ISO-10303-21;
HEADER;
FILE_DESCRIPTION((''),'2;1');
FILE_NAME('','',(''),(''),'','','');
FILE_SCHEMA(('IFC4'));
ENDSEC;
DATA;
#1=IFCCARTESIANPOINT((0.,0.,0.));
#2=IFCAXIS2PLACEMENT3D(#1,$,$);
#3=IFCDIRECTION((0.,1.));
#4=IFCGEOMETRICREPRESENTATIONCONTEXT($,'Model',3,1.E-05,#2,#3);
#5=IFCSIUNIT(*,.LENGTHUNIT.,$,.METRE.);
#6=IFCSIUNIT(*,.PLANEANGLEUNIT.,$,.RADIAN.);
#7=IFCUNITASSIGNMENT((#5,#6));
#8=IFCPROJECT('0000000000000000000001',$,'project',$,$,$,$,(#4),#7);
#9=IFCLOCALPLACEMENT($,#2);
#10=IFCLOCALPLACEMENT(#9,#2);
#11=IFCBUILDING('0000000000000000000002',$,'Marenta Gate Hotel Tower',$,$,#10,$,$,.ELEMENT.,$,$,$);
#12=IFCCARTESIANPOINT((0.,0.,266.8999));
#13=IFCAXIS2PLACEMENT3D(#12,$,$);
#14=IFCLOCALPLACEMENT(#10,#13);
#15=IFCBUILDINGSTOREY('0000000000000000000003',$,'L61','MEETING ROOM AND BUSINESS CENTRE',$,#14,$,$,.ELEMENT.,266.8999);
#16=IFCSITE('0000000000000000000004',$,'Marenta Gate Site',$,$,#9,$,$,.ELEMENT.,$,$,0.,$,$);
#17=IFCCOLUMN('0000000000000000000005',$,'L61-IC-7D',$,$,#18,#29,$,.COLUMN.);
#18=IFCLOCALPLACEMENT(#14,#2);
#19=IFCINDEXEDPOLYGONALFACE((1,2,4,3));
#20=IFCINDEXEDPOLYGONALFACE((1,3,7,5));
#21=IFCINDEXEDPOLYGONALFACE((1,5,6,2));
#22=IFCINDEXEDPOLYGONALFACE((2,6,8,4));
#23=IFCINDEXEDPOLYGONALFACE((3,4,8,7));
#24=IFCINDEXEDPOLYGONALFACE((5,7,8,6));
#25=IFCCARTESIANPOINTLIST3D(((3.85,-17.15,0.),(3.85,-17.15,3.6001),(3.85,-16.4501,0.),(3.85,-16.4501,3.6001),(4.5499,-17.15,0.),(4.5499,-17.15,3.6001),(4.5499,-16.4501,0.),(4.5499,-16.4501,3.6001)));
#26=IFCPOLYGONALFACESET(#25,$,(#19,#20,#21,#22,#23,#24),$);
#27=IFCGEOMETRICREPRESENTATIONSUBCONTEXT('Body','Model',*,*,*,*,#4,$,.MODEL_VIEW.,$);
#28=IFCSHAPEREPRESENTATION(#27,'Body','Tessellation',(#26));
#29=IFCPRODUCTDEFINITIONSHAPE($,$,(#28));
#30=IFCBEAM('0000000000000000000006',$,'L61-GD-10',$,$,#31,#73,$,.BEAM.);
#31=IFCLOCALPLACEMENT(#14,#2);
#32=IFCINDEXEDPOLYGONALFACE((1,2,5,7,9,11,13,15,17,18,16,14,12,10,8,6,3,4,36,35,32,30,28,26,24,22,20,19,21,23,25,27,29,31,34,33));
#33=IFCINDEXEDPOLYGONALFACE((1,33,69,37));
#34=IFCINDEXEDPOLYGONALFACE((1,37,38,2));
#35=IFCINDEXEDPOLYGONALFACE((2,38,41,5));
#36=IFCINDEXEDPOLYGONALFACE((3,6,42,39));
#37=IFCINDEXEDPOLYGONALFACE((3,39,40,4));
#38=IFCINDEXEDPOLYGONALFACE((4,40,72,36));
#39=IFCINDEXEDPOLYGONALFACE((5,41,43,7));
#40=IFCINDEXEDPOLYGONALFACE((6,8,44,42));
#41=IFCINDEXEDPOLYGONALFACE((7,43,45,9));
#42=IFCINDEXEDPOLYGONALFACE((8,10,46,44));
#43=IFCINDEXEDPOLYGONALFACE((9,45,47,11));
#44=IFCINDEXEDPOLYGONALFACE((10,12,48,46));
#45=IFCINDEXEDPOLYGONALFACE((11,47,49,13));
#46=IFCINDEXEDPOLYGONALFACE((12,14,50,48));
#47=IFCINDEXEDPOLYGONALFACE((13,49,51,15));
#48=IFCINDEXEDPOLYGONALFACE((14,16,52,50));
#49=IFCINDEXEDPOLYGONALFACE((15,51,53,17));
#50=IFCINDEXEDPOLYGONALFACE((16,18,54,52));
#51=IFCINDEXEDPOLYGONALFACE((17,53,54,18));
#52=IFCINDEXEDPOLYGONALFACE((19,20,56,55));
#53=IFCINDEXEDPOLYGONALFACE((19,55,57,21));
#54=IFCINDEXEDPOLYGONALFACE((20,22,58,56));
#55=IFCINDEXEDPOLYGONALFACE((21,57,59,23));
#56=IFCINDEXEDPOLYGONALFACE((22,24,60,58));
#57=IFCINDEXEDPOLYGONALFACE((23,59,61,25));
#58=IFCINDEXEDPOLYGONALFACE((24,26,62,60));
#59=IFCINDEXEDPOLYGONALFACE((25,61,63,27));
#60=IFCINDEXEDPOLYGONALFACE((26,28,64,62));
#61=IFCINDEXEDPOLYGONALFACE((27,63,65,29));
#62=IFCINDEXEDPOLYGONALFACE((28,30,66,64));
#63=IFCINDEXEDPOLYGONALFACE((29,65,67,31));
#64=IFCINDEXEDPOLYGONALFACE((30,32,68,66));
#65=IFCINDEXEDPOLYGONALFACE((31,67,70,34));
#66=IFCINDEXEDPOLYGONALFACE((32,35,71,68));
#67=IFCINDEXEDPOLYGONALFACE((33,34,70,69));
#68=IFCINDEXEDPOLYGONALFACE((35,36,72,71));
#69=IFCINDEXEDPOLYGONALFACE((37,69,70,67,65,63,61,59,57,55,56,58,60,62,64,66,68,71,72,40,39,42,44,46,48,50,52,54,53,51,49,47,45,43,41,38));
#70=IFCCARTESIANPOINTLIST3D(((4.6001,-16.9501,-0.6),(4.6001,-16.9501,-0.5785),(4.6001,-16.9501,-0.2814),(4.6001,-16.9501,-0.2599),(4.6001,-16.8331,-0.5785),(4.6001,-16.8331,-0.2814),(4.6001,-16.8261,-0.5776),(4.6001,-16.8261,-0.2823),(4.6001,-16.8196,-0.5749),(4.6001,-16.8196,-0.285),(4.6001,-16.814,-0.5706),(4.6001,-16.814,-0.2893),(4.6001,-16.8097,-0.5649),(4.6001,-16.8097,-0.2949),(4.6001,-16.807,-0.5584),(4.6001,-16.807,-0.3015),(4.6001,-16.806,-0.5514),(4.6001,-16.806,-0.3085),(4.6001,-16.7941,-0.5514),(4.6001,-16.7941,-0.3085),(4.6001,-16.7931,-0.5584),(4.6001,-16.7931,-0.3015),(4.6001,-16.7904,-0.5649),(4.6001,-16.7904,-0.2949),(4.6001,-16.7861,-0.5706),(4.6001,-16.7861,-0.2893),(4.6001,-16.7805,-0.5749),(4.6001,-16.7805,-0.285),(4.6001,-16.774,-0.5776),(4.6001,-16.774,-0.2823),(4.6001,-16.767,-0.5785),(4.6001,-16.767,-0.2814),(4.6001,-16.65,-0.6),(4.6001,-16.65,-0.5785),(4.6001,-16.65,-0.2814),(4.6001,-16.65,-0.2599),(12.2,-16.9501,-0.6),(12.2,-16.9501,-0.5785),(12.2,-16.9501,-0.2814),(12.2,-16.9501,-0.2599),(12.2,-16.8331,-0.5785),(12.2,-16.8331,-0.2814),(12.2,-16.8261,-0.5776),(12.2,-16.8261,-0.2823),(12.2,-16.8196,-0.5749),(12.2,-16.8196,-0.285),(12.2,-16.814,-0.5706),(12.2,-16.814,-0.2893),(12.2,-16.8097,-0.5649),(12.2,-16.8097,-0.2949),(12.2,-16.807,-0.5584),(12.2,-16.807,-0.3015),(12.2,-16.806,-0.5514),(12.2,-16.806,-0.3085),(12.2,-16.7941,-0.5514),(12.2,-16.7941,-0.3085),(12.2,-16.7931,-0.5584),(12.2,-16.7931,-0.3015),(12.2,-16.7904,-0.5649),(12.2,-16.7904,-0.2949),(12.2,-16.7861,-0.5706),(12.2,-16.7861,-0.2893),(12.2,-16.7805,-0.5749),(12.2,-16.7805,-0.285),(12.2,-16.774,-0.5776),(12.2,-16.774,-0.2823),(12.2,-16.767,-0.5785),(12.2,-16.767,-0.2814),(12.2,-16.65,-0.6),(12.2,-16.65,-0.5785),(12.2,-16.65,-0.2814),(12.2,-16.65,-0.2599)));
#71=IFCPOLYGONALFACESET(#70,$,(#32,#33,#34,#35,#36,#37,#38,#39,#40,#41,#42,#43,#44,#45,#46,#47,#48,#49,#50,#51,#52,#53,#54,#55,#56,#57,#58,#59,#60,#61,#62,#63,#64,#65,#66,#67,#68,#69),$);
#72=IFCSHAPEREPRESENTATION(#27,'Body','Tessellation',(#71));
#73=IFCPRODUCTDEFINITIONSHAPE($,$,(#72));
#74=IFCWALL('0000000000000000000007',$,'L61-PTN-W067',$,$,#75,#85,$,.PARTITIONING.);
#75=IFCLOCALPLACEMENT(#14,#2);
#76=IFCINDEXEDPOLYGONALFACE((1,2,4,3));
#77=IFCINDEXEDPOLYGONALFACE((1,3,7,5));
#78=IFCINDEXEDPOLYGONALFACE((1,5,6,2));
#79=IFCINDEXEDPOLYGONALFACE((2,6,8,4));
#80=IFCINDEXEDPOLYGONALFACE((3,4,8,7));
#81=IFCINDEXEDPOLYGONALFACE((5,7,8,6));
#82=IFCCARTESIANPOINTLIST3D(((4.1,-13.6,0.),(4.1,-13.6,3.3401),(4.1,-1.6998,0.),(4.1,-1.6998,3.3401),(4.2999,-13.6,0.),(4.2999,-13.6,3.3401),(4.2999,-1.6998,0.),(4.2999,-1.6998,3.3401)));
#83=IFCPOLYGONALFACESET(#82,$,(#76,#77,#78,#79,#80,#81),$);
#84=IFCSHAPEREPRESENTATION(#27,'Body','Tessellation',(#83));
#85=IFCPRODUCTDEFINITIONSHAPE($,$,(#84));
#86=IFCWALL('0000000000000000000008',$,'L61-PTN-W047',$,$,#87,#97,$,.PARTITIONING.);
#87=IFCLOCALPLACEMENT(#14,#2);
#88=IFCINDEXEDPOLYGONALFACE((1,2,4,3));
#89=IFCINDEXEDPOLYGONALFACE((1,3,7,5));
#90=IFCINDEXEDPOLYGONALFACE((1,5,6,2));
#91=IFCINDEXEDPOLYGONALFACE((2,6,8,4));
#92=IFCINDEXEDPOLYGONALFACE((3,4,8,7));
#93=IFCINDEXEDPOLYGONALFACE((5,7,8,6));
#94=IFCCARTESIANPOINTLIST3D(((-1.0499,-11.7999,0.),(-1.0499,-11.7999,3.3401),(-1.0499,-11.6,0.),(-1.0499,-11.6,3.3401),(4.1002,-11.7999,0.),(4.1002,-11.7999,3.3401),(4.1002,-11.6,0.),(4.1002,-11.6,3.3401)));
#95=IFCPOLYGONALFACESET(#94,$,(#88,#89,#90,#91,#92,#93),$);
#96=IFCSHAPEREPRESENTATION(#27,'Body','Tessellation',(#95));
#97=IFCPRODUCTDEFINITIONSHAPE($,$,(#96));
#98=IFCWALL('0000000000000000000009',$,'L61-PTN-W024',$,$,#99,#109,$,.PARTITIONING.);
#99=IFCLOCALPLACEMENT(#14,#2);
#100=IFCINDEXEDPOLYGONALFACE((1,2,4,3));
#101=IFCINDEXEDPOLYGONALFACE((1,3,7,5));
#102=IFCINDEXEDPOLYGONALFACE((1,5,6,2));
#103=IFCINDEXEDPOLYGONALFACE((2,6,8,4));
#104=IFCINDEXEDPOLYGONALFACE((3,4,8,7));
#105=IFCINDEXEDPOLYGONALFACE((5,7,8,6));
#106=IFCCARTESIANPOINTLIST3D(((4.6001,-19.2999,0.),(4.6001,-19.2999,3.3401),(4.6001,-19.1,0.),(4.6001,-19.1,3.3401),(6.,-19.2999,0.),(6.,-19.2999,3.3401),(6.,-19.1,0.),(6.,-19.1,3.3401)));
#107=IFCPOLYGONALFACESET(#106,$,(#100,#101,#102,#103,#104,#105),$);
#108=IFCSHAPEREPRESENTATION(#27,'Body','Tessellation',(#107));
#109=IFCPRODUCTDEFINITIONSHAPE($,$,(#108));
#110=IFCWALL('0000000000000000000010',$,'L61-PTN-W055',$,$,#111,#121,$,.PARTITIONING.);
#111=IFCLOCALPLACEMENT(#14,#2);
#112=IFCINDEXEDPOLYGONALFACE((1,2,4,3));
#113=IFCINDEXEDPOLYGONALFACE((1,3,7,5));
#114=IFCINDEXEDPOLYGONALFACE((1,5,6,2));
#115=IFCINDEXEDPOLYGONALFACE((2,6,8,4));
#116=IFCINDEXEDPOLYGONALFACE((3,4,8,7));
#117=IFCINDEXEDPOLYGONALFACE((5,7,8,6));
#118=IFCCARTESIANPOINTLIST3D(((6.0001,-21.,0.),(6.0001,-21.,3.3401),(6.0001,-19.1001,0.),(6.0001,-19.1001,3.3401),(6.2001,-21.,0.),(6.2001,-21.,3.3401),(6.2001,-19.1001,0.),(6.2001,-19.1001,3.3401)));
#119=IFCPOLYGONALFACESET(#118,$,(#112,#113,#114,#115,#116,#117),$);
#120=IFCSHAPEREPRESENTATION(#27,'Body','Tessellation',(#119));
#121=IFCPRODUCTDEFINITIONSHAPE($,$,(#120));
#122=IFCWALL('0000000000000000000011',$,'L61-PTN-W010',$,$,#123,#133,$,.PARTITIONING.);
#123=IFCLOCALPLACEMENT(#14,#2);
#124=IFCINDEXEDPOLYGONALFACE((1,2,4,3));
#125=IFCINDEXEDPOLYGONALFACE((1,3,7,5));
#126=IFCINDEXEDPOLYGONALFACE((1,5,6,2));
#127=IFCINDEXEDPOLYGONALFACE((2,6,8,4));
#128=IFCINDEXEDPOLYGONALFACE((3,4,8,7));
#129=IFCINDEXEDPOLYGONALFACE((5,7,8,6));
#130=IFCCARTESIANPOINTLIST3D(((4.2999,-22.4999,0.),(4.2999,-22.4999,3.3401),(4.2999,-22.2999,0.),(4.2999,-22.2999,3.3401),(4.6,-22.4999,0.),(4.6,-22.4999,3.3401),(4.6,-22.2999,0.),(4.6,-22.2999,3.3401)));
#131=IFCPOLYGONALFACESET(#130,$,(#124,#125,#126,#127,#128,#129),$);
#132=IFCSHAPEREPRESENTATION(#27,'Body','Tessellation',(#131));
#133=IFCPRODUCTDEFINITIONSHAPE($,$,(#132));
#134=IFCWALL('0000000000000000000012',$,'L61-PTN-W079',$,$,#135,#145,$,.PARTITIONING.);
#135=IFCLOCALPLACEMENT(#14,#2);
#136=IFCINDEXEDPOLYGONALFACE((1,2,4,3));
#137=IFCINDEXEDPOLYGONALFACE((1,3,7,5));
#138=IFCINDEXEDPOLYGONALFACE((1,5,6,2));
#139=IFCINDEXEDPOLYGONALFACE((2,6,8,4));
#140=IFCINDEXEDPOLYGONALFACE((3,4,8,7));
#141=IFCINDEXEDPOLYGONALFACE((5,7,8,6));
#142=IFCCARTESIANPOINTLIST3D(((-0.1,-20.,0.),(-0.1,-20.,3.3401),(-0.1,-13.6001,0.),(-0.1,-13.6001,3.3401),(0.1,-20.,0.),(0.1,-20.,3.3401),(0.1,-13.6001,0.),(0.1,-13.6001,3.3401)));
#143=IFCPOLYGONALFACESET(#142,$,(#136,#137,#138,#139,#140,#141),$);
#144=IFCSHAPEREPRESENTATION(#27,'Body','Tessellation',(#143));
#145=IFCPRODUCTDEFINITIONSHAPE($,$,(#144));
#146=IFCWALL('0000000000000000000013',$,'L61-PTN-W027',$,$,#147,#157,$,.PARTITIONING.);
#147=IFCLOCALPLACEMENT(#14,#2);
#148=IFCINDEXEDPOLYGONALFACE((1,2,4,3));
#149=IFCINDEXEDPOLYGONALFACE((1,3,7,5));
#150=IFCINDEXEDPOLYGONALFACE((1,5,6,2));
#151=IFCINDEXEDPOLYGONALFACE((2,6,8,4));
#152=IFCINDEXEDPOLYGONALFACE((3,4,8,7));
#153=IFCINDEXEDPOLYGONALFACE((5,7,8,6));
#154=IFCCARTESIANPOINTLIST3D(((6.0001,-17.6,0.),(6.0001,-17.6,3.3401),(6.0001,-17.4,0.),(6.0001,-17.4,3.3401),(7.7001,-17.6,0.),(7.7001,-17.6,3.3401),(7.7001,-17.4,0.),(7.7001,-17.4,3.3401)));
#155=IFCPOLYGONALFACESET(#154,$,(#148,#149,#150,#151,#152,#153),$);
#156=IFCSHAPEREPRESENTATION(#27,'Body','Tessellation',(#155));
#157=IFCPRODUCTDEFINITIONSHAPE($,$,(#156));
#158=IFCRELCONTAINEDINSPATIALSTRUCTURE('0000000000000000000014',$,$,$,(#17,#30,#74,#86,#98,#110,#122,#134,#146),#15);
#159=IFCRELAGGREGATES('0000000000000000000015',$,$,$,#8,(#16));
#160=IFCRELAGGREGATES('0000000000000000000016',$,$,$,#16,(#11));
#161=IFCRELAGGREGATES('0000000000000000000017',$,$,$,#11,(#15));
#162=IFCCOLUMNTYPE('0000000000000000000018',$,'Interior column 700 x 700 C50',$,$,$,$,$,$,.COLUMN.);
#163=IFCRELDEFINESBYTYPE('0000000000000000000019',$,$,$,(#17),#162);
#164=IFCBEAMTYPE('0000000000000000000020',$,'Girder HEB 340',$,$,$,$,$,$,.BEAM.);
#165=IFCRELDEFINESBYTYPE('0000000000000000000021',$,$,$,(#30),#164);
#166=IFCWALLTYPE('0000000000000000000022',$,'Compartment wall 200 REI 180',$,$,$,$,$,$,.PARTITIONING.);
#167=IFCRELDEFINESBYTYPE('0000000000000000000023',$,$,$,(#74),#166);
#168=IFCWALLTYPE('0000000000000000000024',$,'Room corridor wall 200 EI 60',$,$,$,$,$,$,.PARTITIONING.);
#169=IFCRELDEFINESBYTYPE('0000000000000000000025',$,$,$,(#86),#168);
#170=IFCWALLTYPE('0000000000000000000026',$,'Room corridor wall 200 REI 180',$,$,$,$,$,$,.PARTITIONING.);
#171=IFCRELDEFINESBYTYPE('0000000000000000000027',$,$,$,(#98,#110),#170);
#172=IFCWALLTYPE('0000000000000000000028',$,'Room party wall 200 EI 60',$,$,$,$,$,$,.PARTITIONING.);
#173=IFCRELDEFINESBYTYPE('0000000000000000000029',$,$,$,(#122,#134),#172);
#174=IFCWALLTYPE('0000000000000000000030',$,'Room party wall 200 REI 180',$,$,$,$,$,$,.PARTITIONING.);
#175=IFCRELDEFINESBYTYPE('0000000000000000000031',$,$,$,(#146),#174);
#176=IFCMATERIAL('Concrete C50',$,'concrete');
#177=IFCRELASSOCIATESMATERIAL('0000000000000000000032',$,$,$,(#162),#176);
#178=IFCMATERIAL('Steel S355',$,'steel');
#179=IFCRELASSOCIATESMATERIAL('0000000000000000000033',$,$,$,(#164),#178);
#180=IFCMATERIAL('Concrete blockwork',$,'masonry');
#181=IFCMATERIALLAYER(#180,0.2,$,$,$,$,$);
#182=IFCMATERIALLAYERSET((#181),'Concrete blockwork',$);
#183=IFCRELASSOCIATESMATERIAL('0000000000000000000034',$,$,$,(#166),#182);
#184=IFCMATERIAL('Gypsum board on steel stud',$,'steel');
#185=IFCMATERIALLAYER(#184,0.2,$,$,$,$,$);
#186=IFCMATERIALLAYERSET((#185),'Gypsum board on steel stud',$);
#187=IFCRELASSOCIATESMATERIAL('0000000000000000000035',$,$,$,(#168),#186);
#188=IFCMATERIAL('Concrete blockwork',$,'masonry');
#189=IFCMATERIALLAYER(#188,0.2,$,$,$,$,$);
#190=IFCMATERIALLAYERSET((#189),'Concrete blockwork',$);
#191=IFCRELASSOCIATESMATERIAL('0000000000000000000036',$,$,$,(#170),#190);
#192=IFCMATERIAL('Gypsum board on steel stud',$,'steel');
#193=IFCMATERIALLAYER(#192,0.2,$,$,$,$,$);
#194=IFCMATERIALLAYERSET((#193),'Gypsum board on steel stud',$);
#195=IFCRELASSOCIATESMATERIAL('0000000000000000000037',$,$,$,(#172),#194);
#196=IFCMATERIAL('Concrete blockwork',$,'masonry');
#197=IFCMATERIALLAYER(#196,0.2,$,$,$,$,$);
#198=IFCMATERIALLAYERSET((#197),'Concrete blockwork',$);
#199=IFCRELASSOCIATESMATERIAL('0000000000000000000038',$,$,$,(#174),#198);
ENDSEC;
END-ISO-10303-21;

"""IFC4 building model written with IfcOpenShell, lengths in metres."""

from ifc_helpers import new_model, si_unit, direction, frame, frame_2d, origin, origin_2d, place, context, subcontext, project, spatial, rectangle, i_section, extrude, material, layer, layer_set, material_profile, profile_set, type_object, element, save


model = new_model("IFC4")

# Units and contexts
model_context = context("Model", 3, precision=1e-05, world=origin(), true_north=direction((0.0, 1.0)))
body_context = subcontext(model_context, "Body", "Model", "MODEL_VIEW")
ifc_project = project(units=[si_unit("LENGTHUNIT", "METRE"), si_unit("PLANEANGLEUNIT", "RADIAN")], contexts=[model_context])

# Site, building, storey
site_placement = place(None, origin())
site = spatial("IfcSite", under=ifc_project, at=site_placement, Name="Marenta Gate Site", CompositionType="ELEMENT", RefElevation=0.0)
building_placement = place(site_placement, origin())
building = spatial("IfcBuilding", under=site, at=building_placement, Name="Marenta Gate Hotel Tower", CompositionType="ELEMENT")
storey_placement = place(building_placement, frame((0.0, 0.0, 266.8999)))
storey = spatial("IfcBuildingStorey", under=building, at=storey_placement, Name="L61", Description="MEETING ROOM AND BUSINESS CENTRE", CompositionType="ELEMENT", Elevation=266.8999)

# Column
ifc_material_1 = material(Name="Concrete C50", Category="concrete")
ifc_material_profile_1 = material_profile(ifc_material_1, rectangle(XDim=0.7, YDim=0.7, at=origin_2d()), Name="700 x 700")
ifc_profile_set_1 = profile_set([ifc_material_profile_1], Name="Concrete C50")
column_type = type_object("IfcColumnType", Name="Interior column 700 x 700 C50", PredefinedType="COLUMN", material=ifc_profile_set_1)
column_placement = place(storey_placement, frame((4.2, -16.8, 0.0), z_axis=(0.0, 0.0, 1.0), x_axis=(1.0, 0.0, 0.0)))
element("IfcColumn", 1, at=column_placement, inside=storey, type_object=column_type, Name="L61-IC-7D", PredefinedType="COLUMN", context=body_context, shape_type="SweptSolid", body=[
    extrude(rectangle(XDim=0.7, YDim=0.7, at=origin_2d()), origin(), (0.0, 0.0, 1.0), 3.6001),
])

# Beam
ifc_material_2 = material(Name="Steel S355", Category="steel")
ifc_material_profile_2 = material_profile(ifc_material_2, i_section(OverallWidth=0.3, OverallDepth=0.3401, WebThickness=0.012, FlangeThickness=0.0215, FilletRadius=0.0271, at=origin_2d()), Name="HEB 340")
ifc_profile_set_2 = profile_set([ifc_material_profile_2], Name="Steel S355")
beam_type = type_object("IfcBeamType", Name="Girder HEB 340", PredefinedType="BEAM", material=ifc_profile_set_2)
beam_placement = place(storey_placement, frame((4.6001, -16.8, -0.4299), z_axis=(1.0, 0.0, 0.0), x_axis=(0.0, 1.0, 0.0)))
element("IfcBeam", 2, at=beam_placement, inside=storey, type_object=beam_type, Name="L61-GD-10", PredefinedType="BEAM", context=body_context, shape_type="SweptSolid", body=[
    extrude(i_section(OverallWidth=0.3, OverallDepth=0.3401, WebThickness=0.012, FlangeThickness=0.0215, FilletRadius=0.0271, at=origin_2d()), origin(), (0.0, 0.0, 1.0), 7.5999),
])

# Shared definitions
ifc_material_3 = material(Name="Concrete blockwork", Category="masonry")
ifc_layer_1 = layer(ifc_material_3, 0.2)
ifc_layer_set_1 = layer_set([ifc_layer_1], Name="Concrete blockwork")
wall_type_1 = type_object("IfcWallType", Name="Compartment wall 200 REI 180", PredefinedType="PARTITIONING", material=ifc_layer_set_1)

# Wall
wall_1_placement = place(storey_placement, frame((4.2, -13.6001, 0.0), z_axis=(0.0, 0.0, 1.0), x_axis=(0.0, 1.0, 0.0)))
element("IfcWall", 3, at=wall_1_placement, inside=storey, type_object=wall_type_1, Name="L61-PTN-W067", PredefinedType="PARTITIONING", context=body_context, shape_type="SweptSolid", body=[
    extrude(rectangle(XDim=11.9001, YDim=0.2, at=frame_2d((5.9502, 0.0))), origin(), (0.0, 0.0, 1.0), 3.3401),
])

# Shared definitions
ifc_material_4 = material(Name="Gypsum board on steel stud", Category="steel")
ifc_layer_2 = layer(ifc_material_4, 0.2)
ifc_layer_set_2 = layer_set([ifc_layer_2], Name="Gypsum board on steel stud")
wall_type_2 = type_object("IfcWallType", Name="Room corridor wall 200 EI 60", PredefinedType="PARTITIONING", material=ifc_layer_set_2)

# Walls
wall_2_placement = place(storey_placement, frame((-1.05, -11.7, 0.0), z_axis=(0.0, 0.0, 1.0), x_axis=(1.0, 0.0, 0.0)))
element("IfcWall", 4, at=wall_2_placement, inside=storey, type_object=wall_type_2, Name="L61-PTN-W047", PredefinedType="PARTITIONING", context=body_context, shape_type="SweptSolid", body=[
    extrude(rectangle(XDim=5.1501, YDim=0.2, at=frame_2d((2.5752, 0.0))), origin(), (0.0, 0.0, 1.0), 3.3401),
])
ifc_material_5 = material(Name="Concrete blockwork", Category="masonry")
ifc_layer_3 = layer(ifc_material_5, 0.2)
ifc_layer_set_3 = layer_set([ifc_layer_3], Name="Concrete blockwork")
wall_type_3 = type_object("IfcWallType", Name="Room corridor wall 200 REI 180", PredefinedType="PARTITIONING", material=ifc_layer_set_3)
wall_3_placement = place(storey_placement, frame((4.6001, -19.2, 0.0), z_axis=(0.0, 0.0, 1.0), x_axis=(1.0, 0.0, 0.0)))
element("IfcWall", 5, at=wall_3_placement, inside=storey, type_object=wall_type_3, Name="L61-PTN-W024", PredefinedType="PARTITIONING", context=body_context, shape_type="SweptSolid", body=[
    extrude(rectangle(XDim=1.3999, YDim=0.2, at=frame_2d((0.7, 0.0))), origin(), (0.0, 0.0, 1.0), 3.3401),
])
wall_4_placement = place(storey_placement, frame((6.1001, -21.0, 0.0), z_axis=(0.0, 0.0, 1.0), x_axis=(0.0, 1.0, 0.0)))
element("IfcWall", 6, at=wall_4_placement, inside=storey, type_object=wall_type_3, Name="L61-PTN-W055", PredefinedType="PARTITIONING", context=body_context, shape_type="SweptSolid", body=[
    extrude(rectangle(XDim=1.8999, YDim=0.2, at=frame_2d((0.95, 0.0))), origin(), (0.0, 0.0, 1.0), 3.3401),
])

# Walls
ifc_material_6 = material(Name="Gypsum board on steel stud", Category="steel")
ifc_layer_4 = layer(ifc_material_6, 0.2)
ifc_layer_set_4 = layer_set([ifc_layer_4], Name="Gypsum board on steel stud")
wall_type_4 = type_object("IfcWallType", Name="Room party wall 200 EI 60", PredefinedType="PARTITIONING", material=ifc_layer_set_4)
wall_5_placement = place(storey_placement, frame((4.3, -22.3999, 0.0), z_axis=(0.0, 0.0, 1.0), x_axis=(1.0, 0.0, 0.0)))
element("IfcWall", 7, at=wall_5_placement, inside=storey, type_object=wall_type_4, Name="L61-PTN-W010", PredefinedType="PARTITIONING", context=body_context, shape_type="SweptSolid", body=[
    extrude(rectangle(XDim=0.3, YDim=0.2, at=frame_2d((0.1499, 0.0))), origin(), (0.0, 0.0, 1.0), 3.3401),
])
wall_6_placement = place(storey_placement, frame((0.0, -20.0, 0.0), z_axis=(0.0, 0.0, 1.0), x_axis=(0.0, 1.0, 0.0)))
element("IfcWall", 8, at=wall_6_placement, inside=storey, type_object=wall_type_4, Name="L61-PTN-W079", PredefinedType="PARTITIONING", context=body_context, shape_type="SweptSolid", body=[
    extrude(rectangle(XDim=6.3999, YDim=0.2, at=frame_2d((3.2, 0.0))), origin(), (0.0, 0.0, 1.0), 3.3401),
])
ifc_material_7 = material(Name="Concrete blockwork", Category="masonry")
ifc_layer_5 = layer(ifc_material_7, 0.2)
ifc_layer_set_5 = layer_set([ifc_layer_5], Name="Concrete blockwork")
wall_type_5 = type_object("IfcWallType", Name="Room party wall 200 REI 180", PredefinedType="PARTITIONING", material=ifc_layer_set_5)
wall_7_placement = place(storey_placement, frame((6.0, -17.5, 0.0), z_axis=(0.0, 0.0, 1.0), x_axis=(1.0, 0.0, 0.0)))
element("IfcWall", 9, at=wall_7_placement, inside=storey, type_object=wall_type_5, Name="L61-PTN-W027", PredefinedType="PARTITIONING", context=body_context, shape_type="SweptSolid", body=[
    extrude(rectangle(XDim=1.7, YDim=0.2, at=frame_2d((0.8501, 0.0))), origin(), (0.0, 0.0, 1.0), 3.3401),
])

save(model, "model.ifc")
